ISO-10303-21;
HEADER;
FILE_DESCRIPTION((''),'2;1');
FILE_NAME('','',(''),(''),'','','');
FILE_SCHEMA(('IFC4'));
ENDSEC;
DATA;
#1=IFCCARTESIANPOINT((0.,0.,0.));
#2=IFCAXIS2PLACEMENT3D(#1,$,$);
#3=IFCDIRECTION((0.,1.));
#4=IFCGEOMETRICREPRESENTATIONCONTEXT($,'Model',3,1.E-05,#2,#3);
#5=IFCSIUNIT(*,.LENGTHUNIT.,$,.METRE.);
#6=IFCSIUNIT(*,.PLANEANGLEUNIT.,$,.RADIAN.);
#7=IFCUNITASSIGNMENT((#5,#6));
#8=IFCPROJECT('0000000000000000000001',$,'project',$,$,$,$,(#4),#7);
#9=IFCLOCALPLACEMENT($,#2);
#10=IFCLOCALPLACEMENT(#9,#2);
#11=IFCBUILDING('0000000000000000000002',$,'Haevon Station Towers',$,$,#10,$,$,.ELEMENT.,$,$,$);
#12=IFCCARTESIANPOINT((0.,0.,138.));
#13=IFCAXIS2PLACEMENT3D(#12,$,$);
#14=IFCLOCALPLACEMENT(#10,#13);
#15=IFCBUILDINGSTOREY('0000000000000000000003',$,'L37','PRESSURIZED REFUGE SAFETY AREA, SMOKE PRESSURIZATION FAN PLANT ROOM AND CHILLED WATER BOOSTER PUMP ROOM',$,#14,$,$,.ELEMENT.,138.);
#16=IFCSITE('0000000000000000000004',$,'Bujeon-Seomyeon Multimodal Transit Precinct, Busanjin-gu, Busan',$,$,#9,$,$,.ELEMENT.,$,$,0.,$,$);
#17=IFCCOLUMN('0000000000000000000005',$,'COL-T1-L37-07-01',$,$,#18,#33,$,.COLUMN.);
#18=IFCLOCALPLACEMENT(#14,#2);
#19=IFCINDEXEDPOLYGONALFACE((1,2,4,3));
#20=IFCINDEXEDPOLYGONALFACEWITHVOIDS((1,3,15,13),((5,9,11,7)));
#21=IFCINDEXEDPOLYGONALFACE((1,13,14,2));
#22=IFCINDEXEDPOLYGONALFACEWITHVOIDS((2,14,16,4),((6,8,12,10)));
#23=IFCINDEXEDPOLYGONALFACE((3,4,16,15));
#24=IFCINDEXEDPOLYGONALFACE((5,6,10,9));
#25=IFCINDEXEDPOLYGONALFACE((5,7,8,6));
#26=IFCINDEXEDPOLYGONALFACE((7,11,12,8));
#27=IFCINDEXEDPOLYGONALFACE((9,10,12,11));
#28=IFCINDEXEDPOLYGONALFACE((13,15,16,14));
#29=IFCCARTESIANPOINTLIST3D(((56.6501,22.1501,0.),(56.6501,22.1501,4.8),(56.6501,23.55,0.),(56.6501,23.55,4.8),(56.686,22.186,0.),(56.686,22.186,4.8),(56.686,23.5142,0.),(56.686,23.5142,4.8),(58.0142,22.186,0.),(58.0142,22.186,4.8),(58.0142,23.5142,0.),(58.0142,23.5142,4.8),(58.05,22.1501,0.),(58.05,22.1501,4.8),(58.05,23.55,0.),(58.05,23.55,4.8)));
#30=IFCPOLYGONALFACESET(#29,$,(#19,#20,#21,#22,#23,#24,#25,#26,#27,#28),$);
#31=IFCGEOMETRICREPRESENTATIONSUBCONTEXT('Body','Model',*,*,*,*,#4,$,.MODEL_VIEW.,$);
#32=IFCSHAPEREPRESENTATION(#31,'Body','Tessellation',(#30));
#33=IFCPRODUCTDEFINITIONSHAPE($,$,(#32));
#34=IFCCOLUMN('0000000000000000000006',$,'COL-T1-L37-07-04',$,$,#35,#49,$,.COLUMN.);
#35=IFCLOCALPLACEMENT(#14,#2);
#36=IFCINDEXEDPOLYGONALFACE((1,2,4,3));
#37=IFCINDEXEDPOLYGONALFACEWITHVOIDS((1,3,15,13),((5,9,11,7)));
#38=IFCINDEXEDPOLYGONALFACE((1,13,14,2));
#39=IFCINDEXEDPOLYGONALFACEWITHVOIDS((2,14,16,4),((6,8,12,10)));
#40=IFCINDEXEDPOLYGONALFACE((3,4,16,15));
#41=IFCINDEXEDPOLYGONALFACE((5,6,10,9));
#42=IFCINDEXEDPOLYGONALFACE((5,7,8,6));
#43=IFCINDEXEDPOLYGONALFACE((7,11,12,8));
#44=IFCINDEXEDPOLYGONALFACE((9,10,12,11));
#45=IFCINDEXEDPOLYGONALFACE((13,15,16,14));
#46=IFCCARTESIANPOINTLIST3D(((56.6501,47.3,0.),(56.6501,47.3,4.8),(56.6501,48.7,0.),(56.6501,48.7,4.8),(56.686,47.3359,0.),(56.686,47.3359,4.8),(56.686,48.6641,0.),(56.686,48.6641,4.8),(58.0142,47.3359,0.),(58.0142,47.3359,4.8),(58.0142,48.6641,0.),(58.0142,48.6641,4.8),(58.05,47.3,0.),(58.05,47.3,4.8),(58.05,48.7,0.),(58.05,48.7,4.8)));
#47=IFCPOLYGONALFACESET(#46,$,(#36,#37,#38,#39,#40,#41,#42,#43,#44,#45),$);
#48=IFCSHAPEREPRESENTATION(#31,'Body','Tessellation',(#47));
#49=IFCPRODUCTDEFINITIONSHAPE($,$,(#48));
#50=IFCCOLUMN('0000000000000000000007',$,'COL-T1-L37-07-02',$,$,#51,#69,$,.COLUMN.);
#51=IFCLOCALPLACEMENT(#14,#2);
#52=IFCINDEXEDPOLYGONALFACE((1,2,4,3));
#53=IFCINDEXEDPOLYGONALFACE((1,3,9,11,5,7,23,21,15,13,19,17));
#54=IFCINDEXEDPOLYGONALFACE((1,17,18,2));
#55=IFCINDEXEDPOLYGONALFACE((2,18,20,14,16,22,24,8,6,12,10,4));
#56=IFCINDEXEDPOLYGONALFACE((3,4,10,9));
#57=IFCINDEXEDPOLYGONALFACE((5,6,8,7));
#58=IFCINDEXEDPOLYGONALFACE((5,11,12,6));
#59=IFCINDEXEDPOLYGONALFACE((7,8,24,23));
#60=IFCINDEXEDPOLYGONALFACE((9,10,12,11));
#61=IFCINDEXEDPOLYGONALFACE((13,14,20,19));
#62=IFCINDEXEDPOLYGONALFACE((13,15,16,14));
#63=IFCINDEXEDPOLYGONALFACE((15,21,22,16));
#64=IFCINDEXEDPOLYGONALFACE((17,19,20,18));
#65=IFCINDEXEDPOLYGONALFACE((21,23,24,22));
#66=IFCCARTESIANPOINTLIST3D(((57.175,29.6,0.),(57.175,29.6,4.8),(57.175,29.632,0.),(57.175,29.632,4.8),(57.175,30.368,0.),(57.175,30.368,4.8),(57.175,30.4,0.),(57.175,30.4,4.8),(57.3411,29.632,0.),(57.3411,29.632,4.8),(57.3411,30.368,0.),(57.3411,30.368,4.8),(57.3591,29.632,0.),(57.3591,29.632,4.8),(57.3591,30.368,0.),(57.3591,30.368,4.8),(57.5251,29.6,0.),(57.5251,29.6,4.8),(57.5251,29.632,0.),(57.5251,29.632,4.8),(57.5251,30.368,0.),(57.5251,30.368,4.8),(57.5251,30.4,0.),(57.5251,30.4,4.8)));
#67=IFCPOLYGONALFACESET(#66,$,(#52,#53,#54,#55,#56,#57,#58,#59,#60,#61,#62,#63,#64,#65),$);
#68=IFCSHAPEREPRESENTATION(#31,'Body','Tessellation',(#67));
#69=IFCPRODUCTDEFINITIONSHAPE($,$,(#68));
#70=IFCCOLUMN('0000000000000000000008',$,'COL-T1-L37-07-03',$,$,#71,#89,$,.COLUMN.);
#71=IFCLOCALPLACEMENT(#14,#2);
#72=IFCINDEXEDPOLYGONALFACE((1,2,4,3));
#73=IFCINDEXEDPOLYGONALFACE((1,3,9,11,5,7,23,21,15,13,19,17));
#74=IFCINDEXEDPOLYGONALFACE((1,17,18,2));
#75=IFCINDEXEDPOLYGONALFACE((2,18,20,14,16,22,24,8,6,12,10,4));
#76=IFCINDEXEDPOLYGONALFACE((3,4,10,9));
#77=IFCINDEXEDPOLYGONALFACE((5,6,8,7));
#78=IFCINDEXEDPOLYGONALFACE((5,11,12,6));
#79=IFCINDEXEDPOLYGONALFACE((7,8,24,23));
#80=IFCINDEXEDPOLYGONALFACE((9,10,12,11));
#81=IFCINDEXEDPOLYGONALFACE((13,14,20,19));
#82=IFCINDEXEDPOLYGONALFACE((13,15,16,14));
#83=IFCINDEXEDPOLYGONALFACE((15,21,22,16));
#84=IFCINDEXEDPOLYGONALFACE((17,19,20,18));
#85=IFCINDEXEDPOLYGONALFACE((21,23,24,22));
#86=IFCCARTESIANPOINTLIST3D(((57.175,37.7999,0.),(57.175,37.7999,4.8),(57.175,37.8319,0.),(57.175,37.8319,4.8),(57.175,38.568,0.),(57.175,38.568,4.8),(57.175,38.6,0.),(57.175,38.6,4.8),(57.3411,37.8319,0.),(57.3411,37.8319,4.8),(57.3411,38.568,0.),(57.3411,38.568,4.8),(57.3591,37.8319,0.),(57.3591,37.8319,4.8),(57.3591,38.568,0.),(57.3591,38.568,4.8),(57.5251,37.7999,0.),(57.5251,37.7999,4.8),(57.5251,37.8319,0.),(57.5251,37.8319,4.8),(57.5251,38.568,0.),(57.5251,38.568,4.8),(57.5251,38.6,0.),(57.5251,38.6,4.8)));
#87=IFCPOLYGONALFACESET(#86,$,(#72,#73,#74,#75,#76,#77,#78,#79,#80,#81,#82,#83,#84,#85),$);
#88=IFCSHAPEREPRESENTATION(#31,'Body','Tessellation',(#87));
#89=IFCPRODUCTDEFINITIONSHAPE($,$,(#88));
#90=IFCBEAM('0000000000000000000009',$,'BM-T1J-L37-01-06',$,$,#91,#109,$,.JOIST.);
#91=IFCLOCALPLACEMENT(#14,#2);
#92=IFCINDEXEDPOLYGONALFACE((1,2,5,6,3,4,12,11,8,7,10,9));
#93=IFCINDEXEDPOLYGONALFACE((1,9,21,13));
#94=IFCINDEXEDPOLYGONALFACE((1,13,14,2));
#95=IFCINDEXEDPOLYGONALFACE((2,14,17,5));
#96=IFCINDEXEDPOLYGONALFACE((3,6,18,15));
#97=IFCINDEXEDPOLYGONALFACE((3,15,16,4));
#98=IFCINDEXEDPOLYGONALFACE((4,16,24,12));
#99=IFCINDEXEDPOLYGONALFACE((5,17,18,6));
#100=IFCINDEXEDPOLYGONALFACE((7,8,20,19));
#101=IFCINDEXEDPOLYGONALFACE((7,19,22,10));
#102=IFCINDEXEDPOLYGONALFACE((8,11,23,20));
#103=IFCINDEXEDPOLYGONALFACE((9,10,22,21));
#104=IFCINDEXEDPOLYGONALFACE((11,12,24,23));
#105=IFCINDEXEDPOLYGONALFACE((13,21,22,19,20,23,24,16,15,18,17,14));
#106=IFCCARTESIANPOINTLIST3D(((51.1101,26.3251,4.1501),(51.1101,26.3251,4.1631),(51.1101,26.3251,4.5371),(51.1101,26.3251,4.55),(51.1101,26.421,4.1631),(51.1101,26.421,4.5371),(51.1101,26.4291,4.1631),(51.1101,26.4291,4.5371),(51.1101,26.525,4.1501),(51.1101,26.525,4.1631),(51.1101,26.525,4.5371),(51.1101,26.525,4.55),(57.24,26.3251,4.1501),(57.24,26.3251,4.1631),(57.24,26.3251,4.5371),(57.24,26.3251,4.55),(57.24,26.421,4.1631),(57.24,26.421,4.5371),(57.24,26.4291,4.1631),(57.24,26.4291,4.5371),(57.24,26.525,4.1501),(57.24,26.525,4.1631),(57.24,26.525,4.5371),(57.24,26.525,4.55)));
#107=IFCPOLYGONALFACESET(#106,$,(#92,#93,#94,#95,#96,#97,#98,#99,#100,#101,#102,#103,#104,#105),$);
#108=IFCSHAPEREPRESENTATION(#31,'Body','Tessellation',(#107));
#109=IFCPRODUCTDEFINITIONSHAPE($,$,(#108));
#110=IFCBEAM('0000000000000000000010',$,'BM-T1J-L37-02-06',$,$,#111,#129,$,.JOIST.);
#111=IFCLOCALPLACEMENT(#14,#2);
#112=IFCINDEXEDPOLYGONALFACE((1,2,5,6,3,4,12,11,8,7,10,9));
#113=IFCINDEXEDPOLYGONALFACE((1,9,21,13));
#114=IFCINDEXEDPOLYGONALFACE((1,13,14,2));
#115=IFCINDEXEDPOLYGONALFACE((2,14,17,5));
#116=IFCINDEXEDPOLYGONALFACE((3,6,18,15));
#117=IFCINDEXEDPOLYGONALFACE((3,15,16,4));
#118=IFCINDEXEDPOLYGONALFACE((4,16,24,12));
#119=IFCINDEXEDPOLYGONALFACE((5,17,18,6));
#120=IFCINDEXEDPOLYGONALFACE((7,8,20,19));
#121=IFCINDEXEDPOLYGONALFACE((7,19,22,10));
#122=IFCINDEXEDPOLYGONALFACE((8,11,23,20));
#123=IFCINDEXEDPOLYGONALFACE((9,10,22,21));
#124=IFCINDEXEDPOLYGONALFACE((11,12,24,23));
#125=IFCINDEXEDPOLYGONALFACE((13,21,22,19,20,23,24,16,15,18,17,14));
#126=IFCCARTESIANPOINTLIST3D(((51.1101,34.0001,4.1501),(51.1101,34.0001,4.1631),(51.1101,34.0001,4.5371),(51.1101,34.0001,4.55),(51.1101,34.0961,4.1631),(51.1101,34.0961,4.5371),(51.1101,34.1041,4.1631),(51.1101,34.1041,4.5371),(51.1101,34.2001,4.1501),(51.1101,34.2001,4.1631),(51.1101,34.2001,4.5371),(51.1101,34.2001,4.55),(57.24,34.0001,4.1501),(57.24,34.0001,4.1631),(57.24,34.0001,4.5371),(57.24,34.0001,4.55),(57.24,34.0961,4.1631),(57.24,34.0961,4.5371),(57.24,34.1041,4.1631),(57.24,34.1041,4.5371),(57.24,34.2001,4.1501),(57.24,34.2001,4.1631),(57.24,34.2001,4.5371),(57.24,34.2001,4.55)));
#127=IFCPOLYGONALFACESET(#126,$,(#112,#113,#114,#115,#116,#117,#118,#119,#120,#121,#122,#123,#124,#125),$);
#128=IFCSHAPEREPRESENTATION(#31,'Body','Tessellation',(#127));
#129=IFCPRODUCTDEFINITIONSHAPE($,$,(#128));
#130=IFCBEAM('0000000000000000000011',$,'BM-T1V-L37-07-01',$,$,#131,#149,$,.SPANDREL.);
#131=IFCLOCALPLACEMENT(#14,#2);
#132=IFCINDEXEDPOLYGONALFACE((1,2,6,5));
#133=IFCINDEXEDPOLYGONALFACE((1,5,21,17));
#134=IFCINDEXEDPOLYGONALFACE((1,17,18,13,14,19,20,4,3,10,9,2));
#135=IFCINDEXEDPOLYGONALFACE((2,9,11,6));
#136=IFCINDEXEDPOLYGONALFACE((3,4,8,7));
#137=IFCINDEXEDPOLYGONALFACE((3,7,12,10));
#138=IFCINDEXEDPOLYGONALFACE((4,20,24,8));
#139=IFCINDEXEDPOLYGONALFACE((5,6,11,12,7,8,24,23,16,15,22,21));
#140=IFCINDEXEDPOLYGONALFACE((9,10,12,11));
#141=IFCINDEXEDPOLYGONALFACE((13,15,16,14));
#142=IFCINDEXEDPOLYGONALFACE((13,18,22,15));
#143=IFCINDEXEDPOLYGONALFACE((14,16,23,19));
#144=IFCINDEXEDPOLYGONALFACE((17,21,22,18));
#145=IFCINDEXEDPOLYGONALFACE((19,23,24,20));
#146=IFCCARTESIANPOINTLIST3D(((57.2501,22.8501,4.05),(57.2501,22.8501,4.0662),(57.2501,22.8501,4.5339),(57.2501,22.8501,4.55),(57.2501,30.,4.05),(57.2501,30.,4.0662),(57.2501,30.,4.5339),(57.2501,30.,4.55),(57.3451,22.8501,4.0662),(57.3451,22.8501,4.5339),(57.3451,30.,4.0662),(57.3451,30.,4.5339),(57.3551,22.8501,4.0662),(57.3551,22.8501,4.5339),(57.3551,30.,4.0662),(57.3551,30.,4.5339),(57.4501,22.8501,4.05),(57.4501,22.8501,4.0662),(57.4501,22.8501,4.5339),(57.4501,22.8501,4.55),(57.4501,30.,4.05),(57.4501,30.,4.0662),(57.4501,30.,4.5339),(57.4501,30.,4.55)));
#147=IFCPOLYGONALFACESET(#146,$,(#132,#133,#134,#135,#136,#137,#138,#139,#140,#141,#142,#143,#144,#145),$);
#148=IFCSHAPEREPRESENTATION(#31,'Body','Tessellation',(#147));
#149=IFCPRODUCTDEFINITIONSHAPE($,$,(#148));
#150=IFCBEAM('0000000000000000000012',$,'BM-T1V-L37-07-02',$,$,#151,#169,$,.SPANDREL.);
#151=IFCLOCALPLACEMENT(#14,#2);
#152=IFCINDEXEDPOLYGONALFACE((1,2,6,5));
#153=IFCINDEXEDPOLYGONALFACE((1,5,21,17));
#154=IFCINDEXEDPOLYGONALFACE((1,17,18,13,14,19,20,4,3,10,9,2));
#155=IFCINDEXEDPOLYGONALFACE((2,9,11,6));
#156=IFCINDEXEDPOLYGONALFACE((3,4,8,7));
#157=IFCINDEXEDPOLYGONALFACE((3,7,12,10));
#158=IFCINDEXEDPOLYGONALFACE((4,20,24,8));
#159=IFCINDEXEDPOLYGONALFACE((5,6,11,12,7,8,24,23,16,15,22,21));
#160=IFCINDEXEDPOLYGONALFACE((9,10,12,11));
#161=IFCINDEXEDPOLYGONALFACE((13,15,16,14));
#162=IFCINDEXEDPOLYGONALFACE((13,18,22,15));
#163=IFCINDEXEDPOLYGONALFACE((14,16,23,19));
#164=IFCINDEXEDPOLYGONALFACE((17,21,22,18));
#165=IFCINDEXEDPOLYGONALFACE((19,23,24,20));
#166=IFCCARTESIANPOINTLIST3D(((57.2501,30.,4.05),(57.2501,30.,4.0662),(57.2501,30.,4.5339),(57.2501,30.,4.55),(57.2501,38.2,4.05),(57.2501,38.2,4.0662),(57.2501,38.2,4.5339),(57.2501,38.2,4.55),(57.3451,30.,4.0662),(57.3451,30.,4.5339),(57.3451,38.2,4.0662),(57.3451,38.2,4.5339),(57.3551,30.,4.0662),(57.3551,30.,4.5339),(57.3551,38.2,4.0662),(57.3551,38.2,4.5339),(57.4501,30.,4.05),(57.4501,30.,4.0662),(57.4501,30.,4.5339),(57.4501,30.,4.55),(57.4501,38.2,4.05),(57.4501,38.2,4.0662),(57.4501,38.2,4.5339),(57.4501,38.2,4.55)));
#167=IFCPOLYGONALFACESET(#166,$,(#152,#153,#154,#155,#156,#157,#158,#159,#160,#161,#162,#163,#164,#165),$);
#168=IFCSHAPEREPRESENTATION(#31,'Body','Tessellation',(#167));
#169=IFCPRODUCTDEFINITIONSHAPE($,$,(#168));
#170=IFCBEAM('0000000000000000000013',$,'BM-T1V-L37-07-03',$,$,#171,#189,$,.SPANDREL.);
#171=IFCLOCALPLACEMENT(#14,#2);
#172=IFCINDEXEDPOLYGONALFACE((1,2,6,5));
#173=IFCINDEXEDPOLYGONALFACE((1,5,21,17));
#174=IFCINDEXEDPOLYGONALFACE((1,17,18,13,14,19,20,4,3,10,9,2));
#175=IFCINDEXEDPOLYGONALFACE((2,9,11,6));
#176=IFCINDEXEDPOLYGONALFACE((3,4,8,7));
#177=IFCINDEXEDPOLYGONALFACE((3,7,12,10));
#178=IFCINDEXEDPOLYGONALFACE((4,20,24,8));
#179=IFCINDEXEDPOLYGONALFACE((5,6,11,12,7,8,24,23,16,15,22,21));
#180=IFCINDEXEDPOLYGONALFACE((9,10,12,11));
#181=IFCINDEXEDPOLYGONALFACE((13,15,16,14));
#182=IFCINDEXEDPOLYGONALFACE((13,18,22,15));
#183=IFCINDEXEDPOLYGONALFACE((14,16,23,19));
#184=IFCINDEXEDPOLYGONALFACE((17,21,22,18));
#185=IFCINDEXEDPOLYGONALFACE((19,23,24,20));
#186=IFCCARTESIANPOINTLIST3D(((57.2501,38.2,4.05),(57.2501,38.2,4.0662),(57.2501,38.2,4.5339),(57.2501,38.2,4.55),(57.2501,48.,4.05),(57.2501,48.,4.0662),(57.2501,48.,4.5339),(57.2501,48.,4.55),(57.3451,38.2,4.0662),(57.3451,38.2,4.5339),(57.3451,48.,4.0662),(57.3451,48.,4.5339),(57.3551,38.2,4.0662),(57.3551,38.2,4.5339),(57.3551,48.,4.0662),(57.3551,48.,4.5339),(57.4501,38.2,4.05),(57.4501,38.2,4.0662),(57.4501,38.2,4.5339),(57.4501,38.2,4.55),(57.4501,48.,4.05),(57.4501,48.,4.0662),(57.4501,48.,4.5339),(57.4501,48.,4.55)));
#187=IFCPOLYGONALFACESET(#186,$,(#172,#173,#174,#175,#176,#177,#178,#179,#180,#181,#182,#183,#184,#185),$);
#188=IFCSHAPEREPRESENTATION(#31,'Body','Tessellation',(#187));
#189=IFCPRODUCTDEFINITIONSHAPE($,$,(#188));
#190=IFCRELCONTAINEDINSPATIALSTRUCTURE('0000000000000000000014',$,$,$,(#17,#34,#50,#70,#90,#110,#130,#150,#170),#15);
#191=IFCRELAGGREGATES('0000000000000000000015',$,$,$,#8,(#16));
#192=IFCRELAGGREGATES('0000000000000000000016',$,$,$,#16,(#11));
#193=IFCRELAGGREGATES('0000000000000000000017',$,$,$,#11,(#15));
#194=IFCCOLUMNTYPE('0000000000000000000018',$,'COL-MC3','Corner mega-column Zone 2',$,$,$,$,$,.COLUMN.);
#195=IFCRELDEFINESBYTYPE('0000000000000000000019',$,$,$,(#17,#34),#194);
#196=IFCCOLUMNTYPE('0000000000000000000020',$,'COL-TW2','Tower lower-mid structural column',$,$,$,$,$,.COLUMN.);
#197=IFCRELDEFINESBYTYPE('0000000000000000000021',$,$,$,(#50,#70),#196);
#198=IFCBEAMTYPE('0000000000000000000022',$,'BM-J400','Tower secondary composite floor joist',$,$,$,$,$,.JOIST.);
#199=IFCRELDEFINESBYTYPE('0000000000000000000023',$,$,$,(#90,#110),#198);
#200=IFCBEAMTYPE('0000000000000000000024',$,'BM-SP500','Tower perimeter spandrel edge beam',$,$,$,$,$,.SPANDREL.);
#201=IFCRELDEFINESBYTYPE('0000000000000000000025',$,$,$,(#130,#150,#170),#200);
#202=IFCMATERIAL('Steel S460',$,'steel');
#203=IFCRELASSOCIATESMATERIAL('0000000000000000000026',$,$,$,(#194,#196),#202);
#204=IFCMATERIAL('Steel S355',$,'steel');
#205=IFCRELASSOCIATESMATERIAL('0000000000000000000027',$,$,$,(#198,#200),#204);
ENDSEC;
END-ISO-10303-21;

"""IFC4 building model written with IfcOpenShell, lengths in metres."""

from ifc_helpers import new_model, si_unit, direction, frame, origin, origin_2d, place, context, subcontext, project, spatial, hollow_rectangle, i_section, extrude, material, material_profile, profile_set, type_object, element, save


model = new_model("IFC4")

# Units and contexts
model_context = context("Model", 3, precision=1e-05, world=origin(), true_north=direction((0.0, 1.0)))
body_context = subcontext(model_context, "Body", "Model", "MODEL_VIEW")
ifc_project = project(units=[si_unit("LENGTHUNIT", "METRE"), si_unit("PLANEANGLEUNIT", "RADIAN")], contexts=[model_context])

# Site, building, storey
site_placement = place(None, origin())
site = spatial("IfcSite", under=ifc_project, at=site_placement, Name="Bujeon-Seomyeon Multimodal Transit Precinct, Busanjin-gu, Busan", CompositionType="ELEMENT", RefElevation=0.0)
building_placement = place(site_placement, origin())
building = spatial("IfcBuilding", under=site, at=building_placement, Name="Haevon Station Towers", CompositionType="ELEMENT")
storey_placement = place(building_placement, frame((0.0, 0.0, 138.0)))
storey = spatial("IfcBuildingStorey", under=building, at=storey_placement, Name="L37", Description="PRESSURIZED REFUGE SAFETY AREA, SMOKE PRESSURIZATION FAN PLANT ROOM AND CHILLED WATER BOOSTER PUMP ROOM", CompositionType="ELEMENT", Elevation=138.0)

# Columns
ifc_material_1 = material(Name="Steel S460", Category="steel")
ifc_material_profile_1 = material_profile(ifc_material_1, hollow_rectangle(XDim=1.3999, YDim=1.3999, WallThickness=0.0359, at=origin_2d()), Name="BOX-1400x1400x36")
ifc_profile_set_1 = profile_set([ifc_material_profile_1], Name="Steel S460")
column_type_1 = type_object("IfcColumnType", Name="COL-MC3", Description="Corner mega-column Zone 2", PredefinedType="COLUMN", material=ifc_profile_set_1)
for number, where, z_axis, x_axis, name in (
    (1, (57.3501, 22.8501, 0.0), (0.0, 0.0, 1.0), (1.0, 0.0, 0.0), "COL-T1-L37-07-01"),
    (2, (57.3501, 48.0, 0.0), (0.0, 0.0, 1.0), (1.0, 0.0, 0.0), "COL-T1-L37-07-04"),
):
    element("IfcColumn", number, at=place(storey_placement, frame(where, z_axis=z_axis, x_axis=x_axis)), inside=storey, type_object=column_type_1, Name=name, PredefinedType="COLUMN", context=body_context, shape_type="SweptSolid", body=[
        extrude(hollow_rectangle(XDim=1.3999, YDim=1.3999, WallThickness=0.0359, at=origin_2d()), origin(), (0.0, 0.0, 1.0), 4.8),
    ])
ifc_material_profile_2 = material_profile(ifc_material_1, i_section(OverallWidth=0.3501, OverallDepth=0.8, WebThickness=0.0181, FlangeThickness=0.032, at=origin_2d()), Name="H-800x350x18x32")
ifc_profile_set_2 = profile_set([ifc_material_profile_2], Name="Steel S460")
column_type_2 = type_object("IfcColumnType", Name="COL-TW2", Description="Tower lower-mid structural column", PredefinedType="COLUMN", material=ifc_profile_set_2)
for number, where, z_axis, x_axis, name in (
    (3, (57.3501, 30.0, 0.0), (0.0, 0.0, 1.0), (1.0, 0.0, 0.0), "COL-T1-L37-07-02"),
    (4, (57.3501, 38.2, 0.0), (0.0, 0.0, 1.0), (1.0, 0.0, 0.0), "COL-T1-L37-07-03"),
):
    element("IfcColumn", number, at=place(storey_placement, frame(where, z_axis=z_axis, x_axis=x_axis)), inside=storey, type_object=column_type_2, Name=name, PredefinedType="COLUMN", context=body_context, shape_type="SweptSolid", body=[
        extrude(i_section(OverallWidth=0.3501, OverallDepth=0.8, WebThickness=0.0181, FlangeThickness=0.032, at=origin_2d()), origin(), (0.0, 0.0, 1.0), 4.8),
    ])

# Beams
ifc_material_2 = material(Name="Steel S355", Category="steel")
ifc_material_profile_3 = material_profile(ifc_material_2, i_section(OverallWidth=0.2, OverallDepth=0.3999, WebThickness=0.0081, FlangeThickness=0.0129, at=origin_2d()), Name="H-400x200x8x13")
ifc_profile_set_3 = profile_set([ifc_material_profile_3], Name="Steel S355")
beam_type_1 = type_object("IfcBeamType", Name="BM-J400", Description="Tower secondary composite floor joist", PredefinedType="JOIST", material=ifc_profile_set_3)
for number, where, z_axis, x_axis, name in (
    (5, (51.1101, 26.425, 4.3501), (1.0, 0.0, 0.0), (0.0, 1.0, 0.0), "BM-T1J-L37-01-06"),
    (6, (51.1101, 34.1001, 4.3501), (1.0, 0.0, 0.0), (0.0, 1.0, 0.0), "BM-T1J-L37-02-06"),
):
    element("IfcBeam", number, at=place(storey_placement, frame(where, z_axis=z_axis, x_axis=x_axis)), inside=storey, type_object=beam_type_1, Name=name, PredefinedType="JOIST", context=body_context, shape_type="SweptSolid", body=[
        extrude(i_section(OverallWidth=0.2, OverallDepth=0.3999, WebThickness=0.0081, FlangeThickness=0.0129, at=origin_2d()), origin(), (0.0, 0.0, 1.0), 6.1299),
    ])
ifc_material_profile_4 = material_profile(ifc_material_2, i_section(OverallWidth=0.2, OverallDepth=0.5, WebThickness=0.01, FlangeThickness=0.0161, at=origin_2d()), Name="H-500x200x10x16")
ifc_profile_set_4 = profile_set([ifc_material_profile_4], Name="Steel S355")
beam_type_2 = type_object("IfcBeamType", Name="BM-SP500", Description="Tower perimeter spandrel edge beam", PredefinedType="SPANDREL", material=ifc_profile_set_4)
beam_1_placement = place(storey_placement, frame((57.3501, 22.8501, 4.3), z_axis=(0.0, 1.0, 0.0), x_axis=(-1.0, 0.0, 0.0)))
element("IfcBeam", 7, at=beam_1_placement, inside=storey, type_object=beam_type_2, Name="BM-T1V-L37-07-01", PredefinedType="SPANDREL", context=body_context, shape_type="SweptSolid", body=[
    extrude(i_section(OverallWidth=0.2, OverallDepth=0.5, WebThickness=0.01, FlangeThickness=0.0161, at=origin_2d()), origin(), (0.0, 0.0, 1.0), 7.1499),
])
beam_2_placement = place(storey_placement, frame((57.3501, 30.0, 4.3), z_axis=(0.0, 1.0, 0.0), x_axis=(-1.0, 0.0, 0.0)))
element("IfcBeam", 8, at=beam_2_placement, inside=storey, type_object=beam_type_2, Name="BM-T1V-L37-07-02", PredefinedType="SPANDREL", context=body_context, shape_type="SweptSolid", body=[
    extrude(i_section(OverallWidth=0.2, OverallDepth=0.5, WebThickness=0.01, FlangeThickness=0.0161, at=origin_2d()), origin(), (0.0, 0.0, 1.0), 8.2),
])
beam_3_placement = place(storey_placement, frame((57.3501, 38.2, 4.3), z_axis=(0.0, 1.0, 0.0), x_axis=(-1.0, 0.0, 0.0)))
element("IfcBeam", 9, at=beam_3_placement, inside=storey, type_object=beam_type_2, Name="BM-T1V-L37-07-03", PredefinedType="SPANDREL", context=body_context, shape_type="SweptSolid", body=[
    extrude(i_section(OverallWidth=0.2, OverallDepth=0.5, WebThickness=0.01, FlangeThickness=0.0161, at=origin_2d()), origin(), (0.0, 0.0, 1.0), 9.8),
])

save(model, "model.ifc")
